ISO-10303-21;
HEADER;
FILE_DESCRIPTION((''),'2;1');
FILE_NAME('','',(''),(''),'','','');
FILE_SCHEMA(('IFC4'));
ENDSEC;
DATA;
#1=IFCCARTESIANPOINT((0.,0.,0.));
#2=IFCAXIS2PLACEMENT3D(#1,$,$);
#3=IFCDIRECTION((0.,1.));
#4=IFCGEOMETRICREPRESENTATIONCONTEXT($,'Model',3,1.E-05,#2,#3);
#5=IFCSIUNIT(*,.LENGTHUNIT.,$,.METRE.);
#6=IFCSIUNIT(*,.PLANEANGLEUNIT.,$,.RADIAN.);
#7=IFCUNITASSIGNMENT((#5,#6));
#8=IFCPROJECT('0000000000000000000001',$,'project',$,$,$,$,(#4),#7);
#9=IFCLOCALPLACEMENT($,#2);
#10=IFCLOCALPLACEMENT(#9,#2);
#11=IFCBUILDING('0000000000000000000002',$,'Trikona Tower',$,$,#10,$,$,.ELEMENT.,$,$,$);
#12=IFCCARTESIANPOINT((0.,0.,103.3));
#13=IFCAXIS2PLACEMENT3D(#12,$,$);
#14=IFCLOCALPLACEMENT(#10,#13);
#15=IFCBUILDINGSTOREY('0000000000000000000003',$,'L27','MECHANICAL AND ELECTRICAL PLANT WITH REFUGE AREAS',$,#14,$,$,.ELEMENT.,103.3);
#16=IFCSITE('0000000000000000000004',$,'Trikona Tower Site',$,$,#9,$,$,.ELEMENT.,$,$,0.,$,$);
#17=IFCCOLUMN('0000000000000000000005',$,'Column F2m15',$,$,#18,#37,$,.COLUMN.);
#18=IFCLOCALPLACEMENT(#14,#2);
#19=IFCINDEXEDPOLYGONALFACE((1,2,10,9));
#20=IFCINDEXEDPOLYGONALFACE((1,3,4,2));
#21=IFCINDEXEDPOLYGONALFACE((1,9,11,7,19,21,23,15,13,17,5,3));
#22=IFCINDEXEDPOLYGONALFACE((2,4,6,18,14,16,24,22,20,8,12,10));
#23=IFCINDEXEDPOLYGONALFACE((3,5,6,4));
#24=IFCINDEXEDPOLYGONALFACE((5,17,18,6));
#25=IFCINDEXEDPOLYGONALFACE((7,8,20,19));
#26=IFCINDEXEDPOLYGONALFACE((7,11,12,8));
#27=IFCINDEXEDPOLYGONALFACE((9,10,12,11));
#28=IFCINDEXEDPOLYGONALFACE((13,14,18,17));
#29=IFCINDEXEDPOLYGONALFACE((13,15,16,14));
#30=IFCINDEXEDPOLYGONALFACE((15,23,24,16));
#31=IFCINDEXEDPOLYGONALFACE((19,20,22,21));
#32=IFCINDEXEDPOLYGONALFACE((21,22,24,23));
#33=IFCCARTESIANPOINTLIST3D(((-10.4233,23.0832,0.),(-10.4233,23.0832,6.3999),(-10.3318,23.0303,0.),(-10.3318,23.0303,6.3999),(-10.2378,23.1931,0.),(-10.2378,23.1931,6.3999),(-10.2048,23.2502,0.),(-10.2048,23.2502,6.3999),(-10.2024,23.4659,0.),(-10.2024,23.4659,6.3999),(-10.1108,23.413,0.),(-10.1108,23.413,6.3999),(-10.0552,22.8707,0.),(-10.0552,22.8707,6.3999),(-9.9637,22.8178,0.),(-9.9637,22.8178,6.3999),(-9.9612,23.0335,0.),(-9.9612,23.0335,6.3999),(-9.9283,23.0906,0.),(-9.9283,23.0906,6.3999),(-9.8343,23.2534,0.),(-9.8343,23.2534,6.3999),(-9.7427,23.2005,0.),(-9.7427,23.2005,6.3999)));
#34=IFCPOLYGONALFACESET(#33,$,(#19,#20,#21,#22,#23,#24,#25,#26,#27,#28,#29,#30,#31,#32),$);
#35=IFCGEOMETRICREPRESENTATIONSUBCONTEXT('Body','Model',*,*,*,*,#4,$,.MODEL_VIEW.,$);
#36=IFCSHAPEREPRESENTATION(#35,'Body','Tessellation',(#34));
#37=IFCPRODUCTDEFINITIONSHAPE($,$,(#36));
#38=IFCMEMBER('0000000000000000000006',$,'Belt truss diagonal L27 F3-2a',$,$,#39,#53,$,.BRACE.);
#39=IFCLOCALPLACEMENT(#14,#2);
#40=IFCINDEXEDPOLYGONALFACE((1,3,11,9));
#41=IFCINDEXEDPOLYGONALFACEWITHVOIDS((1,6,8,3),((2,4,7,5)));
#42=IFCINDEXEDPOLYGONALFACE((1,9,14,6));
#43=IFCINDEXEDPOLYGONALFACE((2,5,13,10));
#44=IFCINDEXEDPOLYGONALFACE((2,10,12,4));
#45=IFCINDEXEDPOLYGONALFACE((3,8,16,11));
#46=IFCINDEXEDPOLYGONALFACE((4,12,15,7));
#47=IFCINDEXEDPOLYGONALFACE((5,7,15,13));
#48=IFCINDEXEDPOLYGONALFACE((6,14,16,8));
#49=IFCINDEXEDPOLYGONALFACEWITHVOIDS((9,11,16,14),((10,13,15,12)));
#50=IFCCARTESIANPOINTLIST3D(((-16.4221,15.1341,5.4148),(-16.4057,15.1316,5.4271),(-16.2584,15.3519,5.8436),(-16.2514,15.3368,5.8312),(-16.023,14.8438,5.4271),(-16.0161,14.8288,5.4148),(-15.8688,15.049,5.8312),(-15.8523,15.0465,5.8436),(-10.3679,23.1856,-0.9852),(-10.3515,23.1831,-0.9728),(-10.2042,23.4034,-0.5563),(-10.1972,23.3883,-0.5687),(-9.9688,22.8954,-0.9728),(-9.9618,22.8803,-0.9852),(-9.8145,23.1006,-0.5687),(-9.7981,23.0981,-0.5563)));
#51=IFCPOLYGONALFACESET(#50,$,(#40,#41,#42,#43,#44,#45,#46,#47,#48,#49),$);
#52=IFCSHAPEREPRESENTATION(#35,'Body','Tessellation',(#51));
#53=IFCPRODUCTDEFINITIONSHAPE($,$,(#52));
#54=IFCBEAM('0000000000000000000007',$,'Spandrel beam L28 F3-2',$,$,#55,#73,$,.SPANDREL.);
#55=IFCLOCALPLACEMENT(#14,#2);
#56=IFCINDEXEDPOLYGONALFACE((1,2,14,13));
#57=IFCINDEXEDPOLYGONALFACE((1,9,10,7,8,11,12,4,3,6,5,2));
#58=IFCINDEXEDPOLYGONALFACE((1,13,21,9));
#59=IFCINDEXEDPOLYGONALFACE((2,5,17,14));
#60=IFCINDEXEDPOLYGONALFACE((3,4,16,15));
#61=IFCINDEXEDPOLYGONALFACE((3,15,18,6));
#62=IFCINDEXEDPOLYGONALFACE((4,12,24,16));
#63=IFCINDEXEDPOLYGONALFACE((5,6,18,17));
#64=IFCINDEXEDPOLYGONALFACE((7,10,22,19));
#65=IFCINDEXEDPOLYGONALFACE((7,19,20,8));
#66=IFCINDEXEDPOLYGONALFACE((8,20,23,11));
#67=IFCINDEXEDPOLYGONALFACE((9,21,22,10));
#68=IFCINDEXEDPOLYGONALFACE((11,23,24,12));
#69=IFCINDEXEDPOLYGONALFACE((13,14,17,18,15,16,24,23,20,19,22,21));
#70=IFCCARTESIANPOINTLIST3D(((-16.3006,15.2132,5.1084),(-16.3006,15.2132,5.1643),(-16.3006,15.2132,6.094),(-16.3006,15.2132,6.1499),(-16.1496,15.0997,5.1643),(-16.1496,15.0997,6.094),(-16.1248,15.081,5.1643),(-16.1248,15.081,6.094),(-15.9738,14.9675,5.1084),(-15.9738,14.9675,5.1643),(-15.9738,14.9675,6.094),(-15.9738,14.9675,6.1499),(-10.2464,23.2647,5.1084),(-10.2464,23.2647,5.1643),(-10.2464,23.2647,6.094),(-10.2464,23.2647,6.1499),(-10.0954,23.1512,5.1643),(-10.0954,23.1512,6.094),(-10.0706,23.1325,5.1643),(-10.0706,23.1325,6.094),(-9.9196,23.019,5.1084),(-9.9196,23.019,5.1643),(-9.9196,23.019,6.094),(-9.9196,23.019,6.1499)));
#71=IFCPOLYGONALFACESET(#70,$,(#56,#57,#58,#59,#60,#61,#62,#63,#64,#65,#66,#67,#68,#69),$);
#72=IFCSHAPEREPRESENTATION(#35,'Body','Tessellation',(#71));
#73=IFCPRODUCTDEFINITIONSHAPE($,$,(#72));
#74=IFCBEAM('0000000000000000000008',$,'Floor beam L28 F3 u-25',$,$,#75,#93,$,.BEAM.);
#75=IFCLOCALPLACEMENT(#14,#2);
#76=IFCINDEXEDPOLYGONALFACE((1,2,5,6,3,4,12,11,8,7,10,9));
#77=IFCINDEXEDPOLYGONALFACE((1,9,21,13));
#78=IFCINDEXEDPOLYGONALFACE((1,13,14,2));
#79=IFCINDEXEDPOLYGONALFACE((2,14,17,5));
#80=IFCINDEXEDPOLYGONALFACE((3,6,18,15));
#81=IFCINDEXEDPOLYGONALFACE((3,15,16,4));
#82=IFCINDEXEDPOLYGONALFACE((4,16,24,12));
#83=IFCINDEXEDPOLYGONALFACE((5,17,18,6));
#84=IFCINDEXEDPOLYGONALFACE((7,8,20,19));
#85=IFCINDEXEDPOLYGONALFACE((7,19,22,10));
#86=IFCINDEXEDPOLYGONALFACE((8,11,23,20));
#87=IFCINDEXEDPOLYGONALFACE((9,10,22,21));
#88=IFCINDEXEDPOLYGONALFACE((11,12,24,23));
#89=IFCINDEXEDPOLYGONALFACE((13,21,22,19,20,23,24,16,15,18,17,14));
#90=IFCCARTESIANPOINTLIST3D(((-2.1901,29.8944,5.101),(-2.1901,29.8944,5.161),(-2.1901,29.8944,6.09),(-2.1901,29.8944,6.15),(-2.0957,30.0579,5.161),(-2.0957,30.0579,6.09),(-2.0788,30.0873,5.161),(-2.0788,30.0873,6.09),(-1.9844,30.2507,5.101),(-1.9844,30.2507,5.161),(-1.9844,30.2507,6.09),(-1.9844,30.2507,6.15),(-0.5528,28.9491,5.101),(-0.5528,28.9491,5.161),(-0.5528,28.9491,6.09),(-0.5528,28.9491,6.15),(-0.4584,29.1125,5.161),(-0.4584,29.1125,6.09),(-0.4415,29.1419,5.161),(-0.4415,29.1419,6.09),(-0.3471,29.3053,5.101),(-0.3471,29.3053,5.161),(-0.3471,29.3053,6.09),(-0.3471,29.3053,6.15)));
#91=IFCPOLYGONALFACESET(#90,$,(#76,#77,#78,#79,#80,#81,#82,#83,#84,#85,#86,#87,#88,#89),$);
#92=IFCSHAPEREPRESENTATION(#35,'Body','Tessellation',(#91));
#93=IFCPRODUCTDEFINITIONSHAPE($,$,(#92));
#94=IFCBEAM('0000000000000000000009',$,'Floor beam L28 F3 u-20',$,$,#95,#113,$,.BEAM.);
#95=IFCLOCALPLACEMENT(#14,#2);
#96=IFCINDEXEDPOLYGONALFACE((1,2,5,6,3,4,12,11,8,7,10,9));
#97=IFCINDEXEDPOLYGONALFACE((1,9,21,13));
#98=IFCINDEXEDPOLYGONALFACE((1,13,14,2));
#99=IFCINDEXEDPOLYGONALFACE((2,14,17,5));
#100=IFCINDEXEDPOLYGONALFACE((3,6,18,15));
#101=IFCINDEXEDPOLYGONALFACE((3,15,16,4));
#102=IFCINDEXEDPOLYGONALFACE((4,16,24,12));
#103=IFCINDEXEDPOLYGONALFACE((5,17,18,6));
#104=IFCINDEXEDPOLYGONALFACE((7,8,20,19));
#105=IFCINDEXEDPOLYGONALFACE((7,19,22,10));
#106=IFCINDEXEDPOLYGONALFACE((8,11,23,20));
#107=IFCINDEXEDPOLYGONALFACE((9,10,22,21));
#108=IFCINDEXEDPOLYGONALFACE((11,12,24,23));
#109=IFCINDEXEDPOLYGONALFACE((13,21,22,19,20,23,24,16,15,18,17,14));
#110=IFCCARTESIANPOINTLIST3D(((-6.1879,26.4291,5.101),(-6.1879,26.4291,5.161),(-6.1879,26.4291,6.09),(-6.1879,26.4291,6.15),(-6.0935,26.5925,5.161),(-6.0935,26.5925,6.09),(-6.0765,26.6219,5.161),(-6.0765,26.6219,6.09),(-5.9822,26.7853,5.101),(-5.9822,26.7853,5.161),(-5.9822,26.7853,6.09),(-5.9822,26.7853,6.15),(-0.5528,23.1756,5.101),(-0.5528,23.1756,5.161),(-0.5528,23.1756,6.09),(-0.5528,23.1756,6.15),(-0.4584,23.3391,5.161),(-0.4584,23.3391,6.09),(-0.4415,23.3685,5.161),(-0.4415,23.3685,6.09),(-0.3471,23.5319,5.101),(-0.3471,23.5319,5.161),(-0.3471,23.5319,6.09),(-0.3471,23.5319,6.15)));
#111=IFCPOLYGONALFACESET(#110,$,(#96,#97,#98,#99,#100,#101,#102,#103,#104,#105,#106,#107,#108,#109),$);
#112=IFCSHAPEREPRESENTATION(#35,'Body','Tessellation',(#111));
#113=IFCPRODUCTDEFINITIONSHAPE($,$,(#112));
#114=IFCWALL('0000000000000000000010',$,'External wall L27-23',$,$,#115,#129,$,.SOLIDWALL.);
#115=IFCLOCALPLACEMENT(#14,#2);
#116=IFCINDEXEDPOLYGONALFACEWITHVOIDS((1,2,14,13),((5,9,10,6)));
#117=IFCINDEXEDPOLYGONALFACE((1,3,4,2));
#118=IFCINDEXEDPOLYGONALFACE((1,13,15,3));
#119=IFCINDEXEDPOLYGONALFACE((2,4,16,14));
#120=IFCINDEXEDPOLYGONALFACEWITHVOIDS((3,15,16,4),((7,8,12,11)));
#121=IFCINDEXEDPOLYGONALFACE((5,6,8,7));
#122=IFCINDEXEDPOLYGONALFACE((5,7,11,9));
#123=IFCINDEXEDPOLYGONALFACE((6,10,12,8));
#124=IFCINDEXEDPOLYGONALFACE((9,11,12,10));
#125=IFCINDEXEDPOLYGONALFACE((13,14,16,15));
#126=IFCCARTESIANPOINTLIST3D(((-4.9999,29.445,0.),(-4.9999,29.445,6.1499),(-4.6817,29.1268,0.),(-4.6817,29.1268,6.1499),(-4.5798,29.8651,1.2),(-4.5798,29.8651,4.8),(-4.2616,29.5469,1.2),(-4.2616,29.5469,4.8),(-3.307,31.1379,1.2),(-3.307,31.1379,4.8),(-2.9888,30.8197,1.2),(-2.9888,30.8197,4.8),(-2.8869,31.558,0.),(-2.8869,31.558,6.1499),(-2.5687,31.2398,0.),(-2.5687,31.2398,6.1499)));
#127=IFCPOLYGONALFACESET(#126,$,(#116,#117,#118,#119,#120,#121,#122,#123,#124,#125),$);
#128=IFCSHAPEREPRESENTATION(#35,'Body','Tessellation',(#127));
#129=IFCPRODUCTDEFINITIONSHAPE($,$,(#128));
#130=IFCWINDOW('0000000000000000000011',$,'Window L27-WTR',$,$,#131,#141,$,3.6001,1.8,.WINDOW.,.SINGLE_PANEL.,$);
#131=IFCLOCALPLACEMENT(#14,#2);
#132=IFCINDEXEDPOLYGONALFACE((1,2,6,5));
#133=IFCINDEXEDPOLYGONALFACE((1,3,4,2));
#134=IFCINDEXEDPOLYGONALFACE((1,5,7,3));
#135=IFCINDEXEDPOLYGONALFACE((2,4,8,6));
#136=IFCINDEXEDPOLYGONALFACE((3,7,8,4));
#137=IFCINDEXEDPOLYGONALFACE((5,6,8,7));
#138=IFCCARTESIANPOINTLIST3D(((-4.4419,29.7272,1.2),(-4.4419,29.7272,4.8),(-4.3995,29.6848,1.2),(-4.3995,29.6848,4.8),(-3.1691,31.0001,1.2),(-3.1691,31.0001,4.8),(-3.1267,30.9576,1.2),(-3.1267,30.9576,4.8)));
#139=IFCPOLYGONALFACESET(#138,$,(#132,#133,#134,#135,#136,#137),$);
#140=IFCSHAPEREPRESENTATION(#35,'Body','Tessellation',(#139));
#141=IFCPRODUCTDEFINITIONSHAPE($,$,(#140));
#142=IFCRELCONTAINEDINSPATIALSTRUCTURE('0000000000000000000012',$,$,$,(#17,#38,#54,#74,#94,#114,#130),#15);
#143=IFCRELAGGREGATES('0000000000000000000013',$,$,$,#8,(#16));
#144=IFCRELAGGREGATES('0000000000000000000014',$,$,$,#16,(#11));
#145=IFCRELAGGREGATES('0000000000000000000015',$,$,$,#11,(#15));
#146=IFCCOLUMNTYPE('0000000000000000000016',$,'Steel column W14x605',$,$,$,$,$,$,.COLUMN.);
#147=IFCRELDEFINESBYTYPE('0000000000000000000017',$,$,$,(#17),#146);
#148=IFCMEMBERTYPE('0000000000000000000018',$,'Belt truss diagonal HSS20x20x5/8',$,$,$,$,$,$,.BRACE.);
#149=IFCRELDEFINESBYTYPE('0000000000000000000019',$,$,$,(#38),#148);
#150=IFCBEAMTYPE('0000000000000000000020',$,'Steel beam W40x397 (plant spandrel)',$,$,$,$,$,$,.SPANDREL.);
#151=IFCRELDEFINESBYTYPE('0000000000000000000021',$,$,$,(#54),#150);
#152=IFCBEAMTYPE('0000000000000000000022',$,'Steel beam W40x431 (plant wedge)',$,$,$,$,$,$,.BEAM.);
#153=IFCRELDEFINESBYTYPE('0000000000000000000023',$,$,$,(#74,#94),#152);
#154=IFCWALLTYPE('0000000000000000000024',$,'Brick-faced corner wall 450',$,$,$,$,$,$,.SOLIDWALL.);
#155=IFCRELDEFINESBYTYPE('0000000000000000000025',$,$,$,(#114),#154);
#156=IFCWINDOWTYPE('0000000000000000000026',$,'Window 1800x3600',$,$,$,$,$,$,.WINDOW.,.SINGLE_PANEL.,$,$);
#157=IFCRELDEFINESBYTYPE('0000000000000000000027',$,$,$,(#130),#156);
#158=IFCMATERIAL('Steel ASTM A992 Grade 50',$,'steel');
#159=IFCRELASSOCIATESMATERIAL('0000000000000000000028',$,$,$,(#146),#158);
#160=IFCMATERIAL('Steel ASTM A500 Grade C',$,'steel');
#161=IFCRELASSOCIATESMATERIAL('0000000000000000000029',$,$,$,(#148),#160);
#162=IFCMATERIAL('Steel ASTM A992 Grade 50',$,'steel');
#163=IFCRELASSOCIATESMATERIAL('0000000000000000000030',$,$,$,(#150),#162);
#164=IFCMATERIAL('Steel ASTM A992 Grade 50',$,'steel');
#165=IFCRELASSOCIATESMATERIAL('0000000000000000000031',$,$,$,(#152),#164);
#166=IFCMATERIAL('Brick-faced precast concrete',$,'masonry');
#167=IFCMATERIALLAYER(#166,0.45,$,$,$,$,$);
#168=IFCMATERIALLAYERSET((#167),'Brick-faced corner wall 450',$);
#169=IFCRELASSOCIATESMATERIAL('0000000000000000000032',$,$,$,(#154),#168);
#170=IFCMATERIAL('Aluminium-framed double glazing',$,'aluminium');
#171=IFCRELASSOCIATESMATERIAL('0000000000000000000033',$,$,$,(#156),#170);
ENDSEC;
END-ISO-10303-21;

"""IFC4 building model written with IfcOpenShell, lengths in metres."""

from ifc_helpers import new_model, si_unit, direction, frame, frame_2d, origin, origin_2d, place, context, subcontext, project, spatial, rectangle, hollow_rectangle, i_section, extrude, material, layer, layer_set, material_profile, profile_set, type_object, element, fill, save


model = new_model("IFC4")

# Units and contexts
model_context = context("Model", 3, precision=1e-05, world=origin(), true_north=direction((0.0, 1.0)))
body_context = subcontext(model_context, "Body", "Model", "MODEL_VIEW")
ifc_project = project(units=[si_unit("LENGTHUNIT", "METRE"), si_unit("PLANEANGLEUNIT", "RADIAN")], contexts=[model_context])

# Site, building, storey
site_placement = place(None, origin())
site = spatial("IfcSite", under=ifc_project, at=site_placement, Name="Trikona Tower Site", CompositionType="ELEMENT", RefElevation=0.0)
building_placement = place(site_placement, origin())
building = spatial("IfcBuilding", under=site, at=building_placement, Name="Trikona Tower", CompositionType="ELEMENT")
storey_placement = place(building_placement, frame((0.0, 0.0, 103.3)))
storey = spatial("IfcBuildingStorey", under=building, at=storey_placement, Name="L27", Description="MECHANICAL AND ELECTRICAL PLANT WITH REFUGE AREAS", CompositionType="ELEMENT", Elevation=103.3)

# Column
ifc_material_1 = material(Name="Steel ASTM A992 Grade 50", Category="steel")
ifc_material_profile_1 = material_profile(ifc_material_1, i_section(OverallWidth=0.4419, OverallDepth=0.5308, WebThickness=0.0659, FlangeThickness=0.1057, at=origin_2d()), Name="W14X605")
ifc_profile_set_1 = profile_set([ifc_material_profile_1], Name="Steel ASTM A992 Grade 50")
column_type = type_object("IfcColumnType", Name="Steel column W14x605", PredefinedType="COLUMN", material=ifc_profile_set_1)
column_placement = place(storey_placement, frame((-10.083, 23.1418, 0.0), z_axis=(0.0, 0.0, 1.0), x_axis=(-0.5, -0.866025, 0.0)))
element("IfcColumn", 1, at=column_placement, inside=storey, type_object=column_type, Name="Column F2m15", PredefinedType="COLUMN", context=body_context, shape_type="SweptSolid", body=[
    extrude(i_section(OverallWidth=0.4419, OverallDepth=0.5308, WebThickness=0.0659, FlangeThickness=0.1057, at=origin_2d()), origin(), (0.0, 0.0, 1.0), 6.3999),
])

# Member
ifc_material_2 = material(Name="Steel ASTM A500 Grade C", Category="steel")
ifc_material_profile_2 = material_profile(ifc_material_2, hollow_rectangle(XDim=0.5081, YDim=0.5081, WallThickness=0.0146, at=origin_2d()), Name="HSS20X20X5/8")
ifc_profile_set_2 = profile_set([ifc_material_profile_2], Name="Steel ASTM A500 Grade C")
member_type = type_object("IfcMemberType", Name="Belt truss diagonal HSS20x20x5/8", PredefinedType="BRACE", material=ifc_profile_set_2)
member_placement = place(storey_placement, frame((-10.083, 23.1418, -0.7708), z_axis=(-0.507274, -0.674626, 0.53624), x_axis=(0.799258, -0.600988, 0.0)))
element("IfcMember", 2, at=member_placement, inside=storey, type_object=member_type, Name="Belt truss diagonal L27 F3-2a", PredefinedType="BRACE", context=body_context, shape_type="SweptSolid", body=[
    extrude(hollow_rectangle(XDim=0.5081, YDim=0.5081, WallThickness=0.0146, at=origin_2d()), origin(), (0.0, 0.0, 1.0), 11.9348),
])

# Beams
ifc_material_3 = material(Name="Steel ASTM A992 Grade 50", Category="steel")
ifc_material_profile_3 = material_profile(ifc_material_3, i_section(OverallWidth=0.4089, OverallDepth=1.0415, WebThickness=0.031, FlangeThickness=0.0559, at=origin_2d()), Name="W40X397")
ifc_profile_set_3 = profile_set([ifc_material_profile_3], Name="Steel ASTM A992 Grade 50")
beam_type_1 = type_object("IfcBeamType", Name="Steel beam W40x397 (plant spandrel)", PredefinedType="SPANDREL", material=ifc_profile_set_3)
beam_1_placement = place(storey_placement, frame((-10.083, 23.1418, 5.6292), z_axis=(-0.600988, -0.799258, 0.0), x_axis=(0.799258, -0.600988, 0.0)))
element("IfcBeam", 3, at=beam_1_placement, inside=storey, type_object=beam_type_1, Name="Spandrel beam L28 F3-2", PredefinedType="SPANDREL", context=body_context, shape_type="SweptSolid", body=[
    extrude(i_section(OverallWidth=0.4089, OverallDepth=1.0415, WebThickness=0.031, FlangeThickness=0.0559, at=origin_2d()), origin(), (0.0, 0.0, 1.0), 10.0737),
])
ifc_material_4 = material(Name="Steel ASTM A992 Grade 50", Category="steel")
ifc_material_profile_4 = material_profile(ifc_material_4, i_section(OverallWidth=0.4114, OverallDepth=1.0491, WebThickness=0.0339, FlangeThickness=0.0601, at=origin_2d()), Name="W40X431")
ifc_profile_set_4 = profile_set([ifc_material_profile_4], Name="Steel ASTM A992 Grade 50")
beam_type_2 = type_object("IfcBeamType", Name="Steel beam W40x431 (plant wedge)", PredefinedType="BEAM", material=ifc_profile_set_4)
beam_2_placement = place(storey_placement, frame((-0.45, 29.1272, 5.6255), z_axis=(-0.866009, 0.500028, 0.0), x_axis=(-0.500028, -0.866009, 0.0)))
element("IfcBeam", 4, at=beam_2_placement, inside=storey, type_object=beam_type_2, Name="Floor beam L28 F3 u-25", PredefinedType="BEAM", context=body_context, shape_type="SweptSolid", body=[
    extrude(i_section(OverallWidth=0.4114, OverallDepth=1.0491, WebThickness=0.0339, FlangeThickness=0.0601, at=origin_2d()), origin(), (0.0, 0.0, 1.0), 1.8906),
])
beam_3_placement = place(storey_placement, frame((-0.45, 23.3538, 5.6255), z_axis=(-0.866023, 0.500005, 0.0), x_axis=(-0.500005, -0.866023, 0.0)))
element("IfcBeam", 5, at=beam_3_placement, inside=storey, type_object=beam_type_2, Name="Floor beam L28 F3 u-20", PredefinedType="BEAM", context=body_context, shape_type="SweptSolid", body=[
    extrude(i_section(OverallWidth=0.4114, OverallDepth=1.0491, WebThickness=0.0339, FlangeThickness=0.0601, at=origin_2d()), origin(), (0.0, 0.0, 1.0), 6.5068),
])

# Wall, opening, window
ifc_material_5 = material(Name="Brick-faced precast concrete", Category="masonry")
ifc_layer_1 = layer(ifc_material_5, 0.45)
ifc_layer_set_1 = layer_set([ifc_layer_1], Name="Brick-faced corner wall 450")
wall_type_1 = type_object("IfcWallType", Name="Brick-faced corner wall 450", PredefinedType="SOLIDWALL", material=ifc_layer_set_1)
wall_1_placement = place(storey_placement, frame((-2.7278, 31.3989, 0.0), z_axis=(0.0, 0.0, 1.0), x_axis=(-0.707107, -0.707107, 0.0)))
wall_1 = element("IfcWall", 6, at=wall_1_placement, inside=storey, type_object=wall_type_1, Name="External wall L27-23", PredefinedType="SOLIDWALL", context=body_context, shape_type="SweptSolid", body=[
    extrude(rectangle(XDim=2.9883, YDim=0.45, at=frame_2d((1.4941, 0.0))), origin(), (0.0, 0.0, 1.0), 6.1499),
])
opening_1_placement = place(wall_1_placement, frame((0.5942, 0.0, 1.2)))
opening_1 = element("IfcOpeningElement", 7, at=opening_1_placement, cuts=wall_1, PredefinedType="OPENING", context=body_context, shape_type="SweptSolid", body=[
    extrude(rectangle(XDim=1.8, YDim=3.6001, at=frame_2d((0.8999, 1.8))), frame((0.0, 0.2349, 0.0), z_axis=(0.0, -1.0, 0.0), x_axis=(1.0, 0.0, 0.0)), (0.0, 0.0, 1.0), 0.47),
])
ifc_material_6 = material(Name="Aluminium-framed double glazing", Category="aluminium")
window_type = type_object("IfcWindowType", Name="Window 1800x3600", PartitioningType="SINGLE_PANEL", PredefinedType="WINDOW", material=ifc_material_6)
window_placement = place(opening_1_placement, origin())
window = element("IfcWindow", 8, at=window_placement, inside=storey, type_object=window_type, Name="Window L27-WTR", OverallHeight=3.6001, OverallWidth=1.8, PartitioningType="SINGLE_PANEL", PredefinedType="WINDOW", context=body_context, shape_type="SweptSolid", body=[
    extrude(rectangle(XDim=1.8, YDim=3.6001, at=frame_2d((0.8999, 1.8))), frame((0.0, 0.03, 0.0), z_axis=(0.0, -1.0, 0.0), x_axis=(1.0, 0.0, 0.0)), (0.0, 0.0, 1.0), 0.0601),
])
fill(opening_1, window)

save(model, "model.ifc")
